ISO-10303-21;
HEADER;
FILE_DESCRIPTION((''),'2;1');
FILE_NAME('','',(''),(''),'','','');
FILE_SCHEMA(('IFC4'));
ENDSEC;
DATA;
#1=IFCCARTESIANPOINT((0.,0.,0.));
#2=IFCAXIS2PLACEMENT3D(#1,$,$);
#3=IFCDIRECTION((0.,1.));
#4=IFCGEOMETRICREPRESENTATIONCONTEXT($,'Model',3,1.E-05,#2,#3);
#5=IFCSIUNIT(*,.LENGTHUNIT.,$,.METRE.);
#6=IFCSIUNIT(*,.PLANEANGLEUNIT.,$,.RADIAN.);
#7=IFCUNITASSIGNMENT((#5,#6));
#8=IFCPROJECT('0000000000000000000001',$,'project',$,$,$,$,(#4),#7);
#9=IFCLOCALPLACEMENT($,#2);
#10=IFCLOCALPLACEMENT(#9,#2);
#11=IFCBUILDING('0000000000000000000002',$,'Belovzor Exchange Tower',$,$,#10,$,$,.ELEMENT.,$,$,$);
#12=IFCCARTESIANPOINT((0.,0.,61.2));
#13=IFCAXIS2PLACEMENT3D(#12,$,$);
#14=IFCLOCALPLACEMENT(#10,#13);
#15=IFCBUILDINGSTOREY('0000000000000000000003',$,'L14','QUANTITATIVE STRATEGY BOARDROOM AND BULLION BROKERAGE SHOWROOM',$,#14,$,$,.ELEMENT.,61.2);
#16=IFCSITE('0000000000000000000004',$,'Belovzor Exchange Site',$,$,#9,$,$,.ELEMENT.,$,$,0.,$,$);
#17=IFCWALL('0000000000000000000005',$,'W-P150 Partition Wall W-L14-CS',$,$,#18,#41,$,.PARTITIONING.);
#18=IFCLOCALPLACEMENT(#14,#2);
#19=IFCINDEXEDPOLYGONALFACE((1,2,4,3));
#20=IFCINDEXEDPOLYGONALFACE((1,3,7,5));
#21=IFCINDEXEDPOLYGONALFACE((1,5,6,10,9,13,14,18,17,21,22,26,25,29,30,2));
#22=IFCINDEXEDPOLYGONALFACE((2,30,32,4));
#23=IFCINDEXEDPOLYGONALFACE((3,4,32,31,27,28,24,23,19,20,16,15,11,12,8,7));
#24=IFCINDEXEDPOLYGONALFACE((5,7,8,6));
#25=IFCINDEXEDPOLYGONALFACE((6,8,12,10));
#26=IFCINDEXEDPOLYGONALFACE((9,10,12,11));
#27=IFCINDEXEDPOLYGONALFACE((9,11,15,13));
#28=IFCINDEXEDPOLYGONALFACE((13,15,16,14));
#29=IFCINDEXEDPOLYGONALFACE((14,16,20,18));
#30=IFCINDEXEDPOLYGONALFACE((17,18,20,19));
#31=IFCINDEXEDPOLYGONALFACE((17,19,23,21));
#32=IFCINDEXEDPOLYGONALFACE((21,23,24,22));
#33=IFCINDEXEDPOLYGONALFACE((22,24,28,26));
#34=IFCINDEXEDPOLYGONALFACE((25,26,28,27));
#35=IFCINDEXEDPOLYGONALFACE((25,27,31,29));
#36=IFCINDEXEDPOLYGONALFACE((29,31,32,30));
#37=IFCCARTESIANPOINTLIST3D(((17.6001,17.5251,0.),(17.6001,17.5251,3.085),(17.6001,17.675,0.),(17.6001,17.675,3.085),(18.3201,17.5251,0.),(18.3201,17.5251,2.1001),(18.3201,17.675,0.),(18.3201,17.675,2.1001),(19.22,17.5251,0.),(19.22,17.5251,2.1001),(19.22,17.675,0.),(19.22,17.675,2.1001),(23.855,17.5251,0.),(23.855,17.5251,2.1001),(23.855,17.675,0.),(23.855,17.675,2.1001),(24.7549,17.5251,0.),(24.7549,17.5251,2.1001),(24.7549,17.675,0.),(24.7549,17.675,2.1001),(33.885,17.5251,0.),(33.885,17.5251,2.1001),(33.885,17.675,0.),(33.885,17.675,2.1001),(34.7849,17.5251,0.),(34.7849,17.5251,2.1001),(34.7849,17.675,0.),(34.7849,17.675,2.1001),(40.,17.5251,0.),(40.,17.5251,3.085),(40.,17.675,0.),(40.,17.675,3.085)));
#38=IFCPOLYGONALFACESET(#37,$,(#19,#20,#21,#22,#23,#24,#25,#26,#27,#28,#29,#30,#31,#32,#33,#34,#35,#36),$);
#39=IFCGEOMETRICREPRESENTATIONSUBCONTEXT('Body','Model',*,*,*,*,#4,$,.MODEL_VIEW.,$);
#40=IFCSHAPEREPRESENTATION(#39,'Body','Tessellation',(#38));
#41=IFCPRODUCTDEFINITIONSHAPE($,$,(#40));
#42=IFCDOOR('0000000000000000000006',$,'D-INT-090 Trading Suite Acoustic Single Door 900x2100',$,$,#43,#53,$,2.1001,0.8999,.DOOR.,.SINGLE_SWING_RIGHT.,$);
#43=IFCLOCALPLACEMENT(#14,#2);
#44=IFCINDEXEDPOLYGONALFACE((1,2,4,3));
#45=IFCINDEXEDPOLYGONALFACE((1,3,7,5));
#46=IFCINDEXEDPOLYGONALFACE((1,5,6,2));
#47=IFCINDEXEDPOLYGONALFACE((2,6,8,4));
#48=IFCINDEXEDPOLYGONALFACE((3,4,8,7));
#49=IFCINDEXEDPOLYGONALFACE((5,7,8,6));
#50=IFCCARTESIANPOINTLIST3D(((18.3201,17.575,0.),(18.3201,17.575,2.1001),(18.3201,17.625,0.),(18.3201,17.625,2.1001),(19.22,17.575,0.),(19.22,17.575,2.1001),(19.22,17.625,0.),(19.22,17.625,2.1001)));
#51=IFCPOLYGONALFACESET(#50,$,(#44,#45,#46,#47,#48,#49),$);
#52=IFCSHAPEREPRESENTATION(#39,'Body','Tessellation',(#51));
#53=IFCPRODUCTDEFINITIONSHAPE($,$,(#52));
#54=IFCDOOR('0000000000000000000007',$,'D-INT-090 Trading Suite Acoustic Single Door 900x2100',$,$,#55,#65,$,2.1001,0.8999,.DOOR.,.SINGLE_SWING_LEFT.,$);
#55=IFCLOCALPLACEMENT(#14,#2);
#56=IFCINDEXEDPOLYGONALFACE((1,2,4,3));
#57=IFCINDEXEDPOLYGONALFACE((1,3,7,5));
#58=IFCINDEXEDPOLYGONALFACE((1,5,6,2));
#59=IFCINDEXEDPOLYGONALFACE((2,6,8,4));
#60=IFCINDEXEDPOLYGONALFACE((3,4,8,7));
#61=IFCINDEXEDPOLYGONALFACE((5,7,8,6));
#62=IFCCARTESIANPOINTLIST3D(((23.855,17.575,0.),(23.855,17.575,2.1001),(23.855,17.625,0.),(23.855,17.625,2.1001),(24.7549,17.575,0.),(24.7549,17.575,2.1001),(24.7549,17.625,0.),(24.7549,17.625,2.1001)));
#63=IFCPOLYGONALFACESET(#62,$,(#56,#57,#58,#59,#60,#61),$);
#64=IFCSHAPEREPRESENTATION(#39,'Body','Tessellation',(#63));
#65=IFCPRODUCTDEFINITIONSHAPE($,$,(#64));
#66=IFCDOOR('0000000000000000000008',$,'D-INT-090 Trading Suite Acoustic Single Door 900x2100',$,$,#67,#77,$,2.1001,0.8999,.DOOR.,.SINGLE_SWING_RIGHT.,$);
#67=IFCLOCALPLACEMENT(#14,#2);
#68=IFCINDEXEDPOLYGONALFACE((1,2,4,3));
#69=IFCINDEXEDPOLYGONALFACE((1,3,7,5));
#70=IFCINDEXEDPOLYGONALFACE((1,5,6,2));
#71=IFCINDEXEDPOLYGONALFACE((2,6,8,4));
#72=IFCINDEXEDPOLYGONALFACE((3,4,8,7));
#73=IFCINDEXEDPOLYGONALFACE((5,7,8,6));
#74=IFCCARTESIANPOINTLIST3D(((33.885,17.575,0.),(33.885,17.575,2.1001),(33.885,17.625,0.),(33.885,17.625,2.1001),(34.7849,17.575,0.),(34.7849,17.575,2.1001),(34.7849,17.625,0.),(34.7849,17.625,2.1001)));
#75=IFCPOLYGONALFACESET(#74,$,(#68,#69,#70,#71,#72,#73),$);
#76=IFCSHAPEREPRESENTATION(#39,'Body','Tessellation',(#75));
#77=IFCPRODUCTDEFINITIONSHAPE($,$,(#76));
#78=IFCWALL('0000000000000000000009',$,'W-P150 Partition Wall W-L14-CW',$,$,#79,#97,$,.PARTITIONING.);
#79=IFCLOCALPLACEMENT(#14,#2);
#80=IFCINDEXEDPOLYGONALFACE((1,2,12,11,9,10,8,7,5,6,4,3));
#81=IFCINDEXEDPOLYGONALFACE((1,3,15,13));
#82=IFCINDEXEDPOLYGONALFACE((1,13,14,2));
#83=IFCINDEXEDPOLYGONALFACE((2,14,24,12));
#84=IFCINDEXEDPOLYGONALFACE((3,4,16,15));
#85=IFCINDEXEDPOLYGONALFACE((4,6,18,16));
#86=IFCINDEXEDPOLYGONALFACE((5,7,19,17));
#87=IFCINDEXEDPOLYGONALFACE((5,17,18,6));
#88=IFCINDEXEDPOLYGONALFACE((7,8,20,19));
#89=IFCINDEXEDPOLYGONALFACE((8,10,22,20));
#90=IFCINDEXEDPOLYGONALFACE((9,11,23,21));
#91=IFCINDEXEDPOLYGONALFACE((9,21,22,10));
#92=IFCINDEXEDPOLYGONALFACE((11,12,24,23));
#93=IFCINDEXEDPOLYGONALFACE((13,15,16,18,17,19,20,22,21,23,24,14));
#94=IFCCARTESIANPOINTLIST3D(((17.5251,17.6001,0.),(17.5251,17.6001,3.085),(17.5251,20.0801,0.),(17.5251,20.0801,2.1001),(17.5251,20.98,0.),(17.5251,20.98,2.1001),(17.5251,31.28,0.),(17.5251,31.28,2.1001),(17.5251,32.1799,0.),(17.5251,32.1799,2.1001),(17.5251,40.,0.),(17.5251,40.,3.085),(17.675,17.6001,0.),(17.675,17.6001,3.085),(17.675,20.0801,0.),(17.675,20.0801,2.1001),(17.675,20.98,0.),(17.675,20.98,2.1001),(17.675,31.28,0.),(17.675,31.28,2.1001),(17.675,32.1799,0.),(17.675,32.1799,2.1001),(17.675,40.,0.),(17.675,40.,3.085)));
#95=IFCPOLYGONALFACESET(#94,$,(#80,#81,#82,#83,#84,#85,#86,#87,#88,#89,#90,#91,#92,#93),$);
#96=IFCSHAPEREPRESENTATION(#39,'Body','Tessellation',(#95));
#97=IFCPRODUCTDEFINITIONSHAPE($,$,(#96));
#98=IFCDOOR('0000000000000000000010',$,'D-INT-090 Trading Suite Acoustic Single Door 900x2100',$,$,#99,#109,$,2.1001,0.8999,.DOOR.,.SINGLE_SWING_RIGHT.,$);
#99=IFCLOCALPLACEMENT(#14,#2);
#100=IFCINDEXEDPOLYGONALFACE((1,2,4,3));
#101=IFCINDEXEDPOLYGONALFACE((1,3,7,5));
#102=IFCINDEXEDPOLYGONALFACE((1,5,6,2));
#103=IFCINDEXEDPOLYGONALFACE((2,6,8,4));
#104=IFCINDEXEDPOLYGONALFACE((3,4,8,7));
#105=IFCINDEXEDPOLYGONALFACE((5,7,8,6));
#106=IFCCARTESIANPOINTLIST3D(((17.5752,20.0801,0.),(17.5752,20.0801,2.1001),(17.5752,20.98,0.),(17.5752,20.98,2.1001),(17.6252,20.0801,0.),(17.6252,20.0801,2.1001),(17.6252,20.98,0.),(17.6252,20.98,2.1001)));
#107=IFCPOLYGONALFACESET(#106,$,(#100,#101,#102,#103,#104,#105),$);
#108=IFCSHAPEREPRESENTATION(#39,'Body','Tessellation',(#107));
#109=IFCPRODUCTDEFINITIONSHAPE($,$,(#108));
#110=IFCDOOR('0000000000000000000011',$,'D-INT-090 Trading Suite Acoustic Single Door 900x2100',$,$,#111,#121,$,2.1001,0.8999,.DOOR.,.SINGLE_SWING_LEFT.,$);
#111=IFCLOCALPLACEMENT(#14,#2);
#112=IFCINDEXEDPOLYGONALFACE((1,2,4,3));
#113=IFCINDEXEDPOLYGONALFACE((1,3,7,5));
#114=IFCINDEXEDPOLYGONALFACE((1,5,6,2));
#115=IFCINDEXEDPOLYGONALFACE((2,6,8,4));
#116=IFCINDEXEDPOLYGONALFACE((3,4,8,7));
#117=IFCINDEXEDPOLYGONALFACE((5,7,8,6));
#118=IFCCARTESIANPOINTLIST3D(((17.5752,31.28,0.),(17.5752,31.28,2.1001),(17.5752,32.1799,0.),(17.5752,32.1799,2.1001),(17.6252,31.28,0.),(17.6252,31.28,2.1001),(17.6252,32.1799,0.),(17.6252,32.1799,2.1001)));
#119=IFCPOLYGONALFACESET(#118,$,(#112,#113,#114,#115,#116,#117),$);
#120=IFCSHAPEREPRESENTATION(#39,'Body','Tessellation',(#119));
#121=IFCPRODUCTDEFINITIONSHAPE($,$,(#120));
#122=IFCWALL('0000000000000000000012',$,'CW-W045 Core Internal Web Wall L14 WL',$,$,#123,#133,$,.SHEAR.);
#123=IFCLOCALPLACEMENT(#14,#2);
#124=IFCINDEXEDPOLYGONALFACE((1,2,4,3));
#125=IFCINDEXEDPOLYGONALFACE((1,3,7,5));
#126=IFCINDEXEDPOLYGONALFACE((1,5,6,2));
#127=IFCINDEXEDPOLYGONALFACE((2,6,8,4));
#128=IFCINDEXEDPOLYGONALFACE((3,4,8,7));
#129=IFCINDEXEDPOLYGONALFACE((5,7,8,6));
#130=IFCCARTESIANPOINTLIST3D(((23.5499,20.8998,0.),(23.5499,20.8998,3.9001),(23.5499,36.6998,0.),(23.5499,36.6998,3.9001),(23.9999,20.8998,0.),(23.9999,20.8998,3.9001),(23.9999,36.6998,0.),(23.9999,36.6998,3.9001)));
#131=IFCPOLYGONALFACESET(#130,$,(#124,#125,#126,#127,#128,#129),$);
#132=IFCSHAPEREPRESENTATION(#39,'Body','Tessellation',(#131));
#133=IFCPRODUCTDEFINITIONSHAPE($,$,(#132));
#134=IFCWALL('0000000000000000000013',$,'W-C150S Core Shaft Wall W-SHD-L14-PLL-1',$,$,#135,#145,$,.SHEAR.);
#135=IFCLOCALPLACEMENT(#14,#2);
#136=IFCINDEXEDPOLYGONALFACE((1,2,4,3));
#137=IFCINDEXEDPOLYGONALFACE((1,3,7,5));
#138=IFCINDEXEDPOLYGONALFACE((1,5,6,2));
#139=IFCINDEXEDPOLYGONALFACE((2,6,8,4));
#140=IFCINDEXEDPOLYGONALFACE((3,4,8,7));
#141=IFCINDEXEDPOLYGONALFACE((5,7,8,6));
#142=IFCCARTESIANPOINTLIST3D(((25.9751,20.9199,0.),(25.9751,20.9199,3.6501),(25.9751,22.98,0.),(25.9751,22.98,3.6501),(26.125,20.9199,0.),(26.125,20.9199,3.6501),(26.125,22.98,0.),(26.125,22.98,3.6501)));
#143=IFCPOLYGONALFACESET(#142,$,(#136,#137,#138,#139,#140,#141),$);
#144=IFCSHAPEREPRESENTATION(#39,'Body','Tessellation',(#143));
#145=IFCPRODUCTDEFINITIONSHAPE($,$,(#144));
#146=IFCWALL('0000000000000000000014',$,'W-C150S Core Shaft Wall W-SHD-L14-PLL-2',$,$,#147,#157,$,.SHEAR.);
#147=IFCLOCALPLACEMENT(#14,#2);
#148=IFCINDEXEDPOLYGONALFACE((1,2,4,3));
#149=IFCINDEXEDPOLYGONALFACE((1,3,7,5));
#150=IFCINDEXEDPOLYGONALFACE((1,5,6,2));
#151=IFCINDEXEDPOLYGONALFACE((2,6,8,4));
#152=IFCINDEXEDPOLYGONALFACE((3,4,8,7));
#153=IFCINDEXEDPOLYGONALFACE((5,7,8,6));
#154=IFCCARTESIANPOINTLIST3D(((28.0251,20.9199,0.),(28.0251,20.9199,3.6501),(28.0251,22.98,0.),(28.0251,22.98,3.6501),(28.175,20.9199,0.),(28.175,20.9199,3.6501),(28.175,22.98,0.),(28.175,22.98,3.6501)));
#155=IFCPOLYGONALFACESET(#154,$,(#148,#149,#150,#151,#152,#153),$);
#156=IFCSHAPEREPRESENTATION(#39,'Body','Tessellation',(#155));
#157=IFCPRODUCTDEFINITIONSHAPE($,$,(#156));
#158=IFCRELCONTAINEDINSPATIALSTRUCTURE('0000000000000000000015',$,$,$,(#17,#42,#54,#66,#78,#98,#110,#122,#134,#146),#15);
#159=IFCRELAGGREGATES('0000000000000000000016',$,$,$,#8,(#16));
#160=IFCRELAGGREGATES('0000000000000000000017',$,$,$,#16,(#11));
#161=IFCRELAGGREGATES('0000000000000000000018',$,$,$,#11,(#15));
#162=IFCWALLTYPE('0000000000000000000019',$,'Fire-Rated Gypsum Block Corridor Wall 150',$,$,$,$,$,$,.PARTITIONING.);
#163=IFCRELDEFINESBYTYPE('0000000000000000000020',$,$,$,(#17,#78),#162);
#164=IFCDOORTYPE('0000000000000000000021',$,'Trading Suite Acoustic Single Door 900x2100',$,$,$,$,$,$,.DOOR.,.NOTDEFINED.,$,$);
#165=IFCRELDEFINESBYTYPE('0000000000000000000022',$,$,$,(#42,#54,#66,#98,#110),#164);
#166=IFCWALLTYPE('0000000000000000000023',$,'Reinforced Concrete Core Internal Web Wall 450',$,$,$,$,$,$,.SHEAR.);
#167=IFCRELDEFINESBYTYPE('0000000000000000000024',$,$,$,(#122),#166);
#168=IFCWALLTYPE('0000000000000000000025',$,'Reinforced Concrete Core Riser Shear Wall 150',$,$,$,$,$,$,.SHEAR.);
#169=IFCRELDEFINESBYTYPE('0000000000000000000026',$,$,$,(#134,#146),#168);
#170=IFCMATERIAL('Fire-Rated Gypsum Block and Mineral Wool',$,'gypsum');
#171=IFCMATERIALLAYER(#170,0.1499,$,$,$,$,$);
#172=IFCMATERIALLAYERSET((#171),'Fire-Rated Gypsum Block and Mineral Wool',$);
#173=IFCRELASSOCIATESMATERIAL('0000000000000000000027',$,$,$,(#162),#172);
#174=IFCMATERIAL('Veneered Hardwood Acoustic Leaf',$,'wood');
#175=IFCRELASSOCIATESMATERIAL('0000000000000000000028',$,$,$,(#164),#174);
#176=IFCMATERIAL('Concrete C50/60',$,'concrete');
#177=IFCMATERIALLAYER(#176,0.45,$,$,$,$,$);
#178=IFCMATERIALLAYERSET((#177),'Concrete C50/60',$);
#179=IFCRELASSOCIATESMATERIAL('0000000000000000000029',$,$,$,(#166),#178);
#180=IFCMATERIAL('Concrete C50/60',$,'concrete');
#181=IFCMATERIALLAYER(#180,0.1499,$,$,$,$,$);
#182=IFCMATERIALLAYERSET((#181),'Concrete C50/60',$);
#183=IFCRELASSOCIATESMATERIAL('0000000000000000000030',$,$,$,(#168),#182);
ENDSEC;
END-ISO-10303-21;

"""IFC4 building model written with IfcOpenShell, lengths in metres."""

from ifc_helpers import new_model, si_unit, direction, frame, frame_2d, origin, place, context, subcontext, project, spatial, rectangle, extrude, material, layer, layer_set, type_object, element, fill, save


model = new_model("IFC4")

# Units and contexts
model_context = context("Model", 3, precision=1e-05, world=origin(), true_north=direction((0.0, 1.0)))
body_context = subcontext(model_context, "Body", "Model", "MODEL_VIEW")
ifc_project = project(units=[si_unit("LENGTHUNIT", "METRE"), si_unit("PLANEANGLEUNIT", "RADIAN")], contexts=[model_context])

# Site, building, storey
site_placement = place(None, origin())
site = spatial("IfcSite", under=ifc_project, at=site_placement, Name="Belovzor Exchange Site", CompositionType="ELEMENT", RefElevation=0.0)
building_placement = place(site_placement, origin())
building = spatial("IfcBuilding", under=site, at=building_placement, Name="Belovzor Exchange Tower", CompositionType="ELEMENT")
storey_placement = place(building_placement, frame((0.0, 0.0, 61.2)))
storey = spatial("IfcBuildingStorey", under=building, at=storey_placement, Name="L14", Description="QUANTITATIVE STRATEGY BOARDROOM AND BULLION BROKERAGE SHOWROOM", CompositionType="ELEMENT", Elevation=61.2)

# Walls, openings, doors
ifc_material_1 = material(Name="Fire-Rated Gypsum Block and Mineral Wool", Category="gypsum")
ifc_layer_1 = layer(ifc_material_1, 0.1499)
ifc_layer_set_1 = layer_set([ifc_layer_1], Name="Fire-Rated Gypsum Block and Mineral Wool")
wall_type_1 = type_object("IfcWallType", Name="Fire-Rated Gypsum Block Corridor Wall 150", PredefinedType="PARTITIONING", material=ifc_layer_set_1)
wall_1_placement = place(storey_placement, frame((17.6001, 17.6001, 0.0), z_axis=(0.0, 0.0, 1.0), x_axis=(1.0, 0.0, 0.0)))
wall_1 = element("IfcWall", 1, at=wall_1_placement, inside=storey, type_object=wall_type_1, Name="W-P150 Partition Wall W-L14-CS", PredefinedType="PARTITIONING", context=body_context, shape_type="SweptSolid", body=[
    extrude(rectangle(XDim=22.3999, YDim=0.1499, at=frame_2d((11.2, 0.0))), origin(), (0.0, 0.0, 1.0), 3.085),
])
opening_1_placement = place(wall_1_placement, frame((0.72, 0.0, 0.0)))
opening_1 = element("IfcOpeningElement", 2, at=opening_1_placement, cuts=wall_1, PredefinedType="OPENING", context=body_context, shape_type="SweptSolid", body=[
    extrude(rectangle(XDim=0.8999, YDim=2.1001, at=frame_2d((0.45, 1.05))), frame((0.0, 0.085, 0.0), z_axis=(0.0, -1.0, 0.0), x_axis=(1.0, 0.0, 0.0)), (0.0, 0.0, 1.0), 0.1699),
])
opening_2_placement = place(wall_1_placement, frame((6.2549, 0.0, 0.0)))
opening_2 = element("IfcOpeningElement", 3, at=opening_2_placement, cuts=wall_1, PredefinedType="OPENING", context=body_context, shape_type="SweptSolid", body=[
    extrude(rectangle(XDim=0.8999, YDim=2.1001, at=frame_2d((0.45, 1.05))), frame((0.0, 0.085, 0.0), z_axis=(0.0, -1.0, 0.0), x_axis=(1.0, 0.0, 0.0)), (0.0, 0.0, 1.0), 0.1699),
])
opening_3_placement = place(wall_1_placement, frame((16.2849, 0.0, 0.0)))
opening_3 = element("IfcOpeningElement", 4, at=opening_3_placement, cuts=wall_1, PredefinedType="OPENING", context=body_context, shape_type="SweptSolid", body=[
    extrude(rectangle(XDim=0.8999, YDim=2.1001, at=frame_2d((0.45, 1.05))), frame((0.0, 0.085, 0.0), z_axis=(0.0, -1.0, 0.0), x_axis=(1.0, 0.0, 0.0)), (0.0, 0.0, 1.0), 0.1699),
])
ifc_material_2 = material(Name="Veneered Hardwood Acoustic Leaf", Category="wood")
door_type_1 = type_object("IfcDoorType", Name="Trading Suite Acoustic Single Door 900x2100", OperationType="NOTDEFINED", PredefinedType="DOOR", material=ifc_material_2)
door_1_placement = place(opening_1_placement, origin())
door_1 = element("IfcDoor", 5, at=door_1_placement, inside=storey, type_object=door_type_1, Name="D-INT-090 Trading Suite Acoustic Single Door 900x2100", OperationType="SINGLE_SWING_RIGHT", OverallHeight=2.1001, OverallWidth=0.8999, PredefinedType="DOOR", context=body_context, shape_type="SweptSolid", body=[
    extrude(rectangle(XDim=0.8999, YDim=2.1001, at=frame_2d((0.45, 1.05))), frame((0.0, 0.0249, 0.0), z_axis=(0.0, -1.0, 0.0), x_axis=(1.0, 0.0, 0.0)), (0.0, 0.0, 1.0), 0.05),
])
fill(opening_1, door_1)
door_2_placement = place(opening_2_placement, origin())
door_2 = element("IfcDoor", 6, at=door_2_placement, inside=storey, type_object=door_type_1, Name="D-INT-090 Trading Suite Acoustic Single Door 900x2100", OperationType="SINGLE_SWING_LEFT", OverallHeight=2.1001, OverallWidth=0.8999, PredefinedType="DOOR", context=body_context, shape_type="SweptSolid", body=[
    extrude(rectangle(XDim=0.8999, YDim=2.1001, at=frame_2d((0.45, 1.05))), frame((0.0, 0.0249, 0.0), z_axis=(0.0, -1.0, 0.0), x_axis=(1.0, 0.0, 0.0)), (0.0, 0.0, 1.0), 0.05),
])
fill(opening_2, door_2)
door_3_placement = place(opening_3_placement, origin())
door_3 = element("IfcDoor", 7, at=door_3_placement, inside=storey, type_object=door_type_1, Name="D-INT-090 Trading Suite Acoustic Single Door 900x2100", OperationType="SINGLE_SWING_RIGHT", OverallHeight=2.1001, OverallWidth=0.8999, PredefinedType="DOOR", context=body_context, shape_type="SweptSolid", body=[
    extrude(rectangle(XDim=0.8999, YDim=2.1001, at=frame_2d((0.45, 1.05))), frame((0.0, 0.0249, 0.0), z_axis=(0.0, -1.0, 0.0), x_axis=(1.0, 0.0, 0.0)), (0.0, 0.0, 1.0), 0.05),
])
fill(opening_3, door_3)
wall_2_placement = place(storey_placement, frame((17.6001, 17.6001, 0.0), z_axis=(0.0, 0.0, 1.0), x_axis=(0.0, 1.0, 0.0)))
wall_2 = element("IfcWall", 8, at=wall_2_placement, inside=storey, type_object=wall_type_1, Name="W-P150 Partition Wall W-L14-CW", PredefinedType="PARTITIONING", context=body_context, shape_type="SweptSolid", body=[
    extrude(rectangle(XDim=22.3999, YDim=0.1499, at=frame_2d((11.2, 0.0))), origin(), (0.0, 0.0, 1.0), 3.085),
])
opening_4_placement = place(wall_2_placement, frame((2.48, 0.0, 0.0)))
opening_4 = element("IfcOpeningElement", 9, at=opening_4_placement, cuts=wall_2, PredefinedType="OPENING", context=body_context, shape_type="SweptSolid", body=[
    extrude(rectangle(XDim=0.8999, YDim=2.1001, at=frame_2d((0.45, 1.05))), frame((0.0, 0.085, 0.0), z_axis=(0.0, -1.0, 0.0), x_axis=(1.0, 0.0, 0.0)), (0.0, 0.0, 1.0), 0.1699),
])
opening_5_placement = place(wall_2_placement, frame((13.6799, 0.0, 0.0)))
opening_5 = element("IfcOpeningElement", 10, at=opening_5_placement, cuts=wall_2, PredefinedType="OPENING", context=body_context, shape_type="SweptSolid", body=[
    extrude(rectangle(XDim=0.8999, YDim=2.1001, at=frame_2d((0.45, 1.05))), frame((0.0, 0.085, 0.0), z_axis=(0.0, -1.0, 0.0), x_axis=(1.0, 0.0, 0.0)), (0.0, 0.0, 1.0), 0.1699),
])
door_4_placement = place(opening_4_placement, origin())
door_4 = element("IfcDoor", 11, at=door_4_placement, inside=storey, type_object=door_type_1, Name="D-INT-090 Trading Suite Acoustic Single Door 900x2100", OperationType="SINGLE_SWING_RIGHT", OverallHeight=2.1001, OverallWidth=0.8999, PredefinedType="DOOR", context=body_context, shape_type="SweptSolid", body=[
    extrude(rectangle(XDim=0.8999, YDim=2.1001, at=frame_2d((0.45, 1.05))), frame((0.0, 0.0249, 0.0), z_axis=(0.0, -1.0, 0.0), x_axis=(1.0, 0.0, 0.0)), (0.0, 0.0, 1.0), 0.05),
])
fill(opening_4, door_4)
door_5_placement = place(opening_5_placement, origin())
door_5 = element("IfcDoor", 12, at=door_5_placement, inside=storey, type_object=door_type_1, Name="D-INT-090 Trading Suite Acoustic Single Door 900x2100", OperationType="SINGLE_SWING_LEFT", OverallHeight=2.1001, OverallWidth=0.8999, PredefinedType="DOOR", context=body_context, shape_type="SweptSolid", body=[
    extrude(rectangle(XDim=0.8999, YDim=2.1001, at=frame_2d((0.45, 1.05))), frame((0.0, 0.0249, 0.0), z_axis=(0.0, -1.0, 0.0), x_axis=(1.0, 0.0, 0.0)), (0.0, 0.0, 1.0), 0.05),
])
fill(opening_5, door_5)

# Walls
ifc_material_3 = material(Name="Concrete C50/60", Category="concrete")
ifc_layer_2 = layer(ifc_material_3, 0.45)
ifc_layer_set_2 = layer_set([ifc_layer_2], Name="Concrete C50/60")
wall_type_2 = type_object("IfcWallType", Name="Reinforced Concrete Core Internal Web Wall 450", PredefinedType="SHEAR", material=ifc_layer_set_2)
wall_3_placement = place(storey_placement, frame((23.7749, 20.8999, 0.0), z_axis=(0.0, 0.0, 1.0), x_axis=(0.0, 1.0, 0.0)))
element("IfcWall", 13, at=wall_3_placement, inside=storey, type_object=wall_type_2, Name="CW-W045 Core Internal Web Wall L14 WL", PredefinedType="SHEAR", context=body_context, shape_type="SweptSolid", body=[
    extrude(rectangle(XDim=15.8, YDim=0.45, at=frame_2d((7.8999, 0.0))), origin(), (0.0, 0.0, 1.0), 3.9001),
])
ifc_material_4 = material(Name="Concrete C50/60", Category="concrete")
ifc_layer_3 = layer(ifc_material_4, 0.1499)
ifc_layer_set_3 = layer_set([ifc_layer_3], Name="Concrete C50/60")
wall_type_3 = type_object("IfcWallType", Name="Reinforced Concrete Core Riser Shear Wall 150", PredefinedType="SHEAR", material=ifc_layer_set_3)
for number, where, z_axis, x_axis, name in (
    (14, (26.05, 20.9199, 0.0), (0.0, 0.0, 1.0), (0.0, 1.0, 0.0), "W-C150S Core Shaft Wall W-SHD-L14-PLL-1"),
    (15, (28.1001, 20.9199, 0.0), (0.0, 0.0, 1.0), (0.0, 1.0, 0.0), "W-C150S Core Shaft Wall W-SHD-L14-PLL-2"),
):
    element("IfcWall", number, at=place(storey_placement, frame(where, z_axis=z_axis, x_axis=x_axis)), inside=storey, type_object=wall_type_3, Name=name, PredefinedType="SHEAR", context=body_context, shape_type="SweptSolid", body=[
        extrude(rectangle(XDim=2.0601, YDim=0.1499, at=frame_2d((1.03, 0.0))), origin(), (0.0, 0.0, 1.0), 3.6501),
    ])

save(model, "model.ifc")
